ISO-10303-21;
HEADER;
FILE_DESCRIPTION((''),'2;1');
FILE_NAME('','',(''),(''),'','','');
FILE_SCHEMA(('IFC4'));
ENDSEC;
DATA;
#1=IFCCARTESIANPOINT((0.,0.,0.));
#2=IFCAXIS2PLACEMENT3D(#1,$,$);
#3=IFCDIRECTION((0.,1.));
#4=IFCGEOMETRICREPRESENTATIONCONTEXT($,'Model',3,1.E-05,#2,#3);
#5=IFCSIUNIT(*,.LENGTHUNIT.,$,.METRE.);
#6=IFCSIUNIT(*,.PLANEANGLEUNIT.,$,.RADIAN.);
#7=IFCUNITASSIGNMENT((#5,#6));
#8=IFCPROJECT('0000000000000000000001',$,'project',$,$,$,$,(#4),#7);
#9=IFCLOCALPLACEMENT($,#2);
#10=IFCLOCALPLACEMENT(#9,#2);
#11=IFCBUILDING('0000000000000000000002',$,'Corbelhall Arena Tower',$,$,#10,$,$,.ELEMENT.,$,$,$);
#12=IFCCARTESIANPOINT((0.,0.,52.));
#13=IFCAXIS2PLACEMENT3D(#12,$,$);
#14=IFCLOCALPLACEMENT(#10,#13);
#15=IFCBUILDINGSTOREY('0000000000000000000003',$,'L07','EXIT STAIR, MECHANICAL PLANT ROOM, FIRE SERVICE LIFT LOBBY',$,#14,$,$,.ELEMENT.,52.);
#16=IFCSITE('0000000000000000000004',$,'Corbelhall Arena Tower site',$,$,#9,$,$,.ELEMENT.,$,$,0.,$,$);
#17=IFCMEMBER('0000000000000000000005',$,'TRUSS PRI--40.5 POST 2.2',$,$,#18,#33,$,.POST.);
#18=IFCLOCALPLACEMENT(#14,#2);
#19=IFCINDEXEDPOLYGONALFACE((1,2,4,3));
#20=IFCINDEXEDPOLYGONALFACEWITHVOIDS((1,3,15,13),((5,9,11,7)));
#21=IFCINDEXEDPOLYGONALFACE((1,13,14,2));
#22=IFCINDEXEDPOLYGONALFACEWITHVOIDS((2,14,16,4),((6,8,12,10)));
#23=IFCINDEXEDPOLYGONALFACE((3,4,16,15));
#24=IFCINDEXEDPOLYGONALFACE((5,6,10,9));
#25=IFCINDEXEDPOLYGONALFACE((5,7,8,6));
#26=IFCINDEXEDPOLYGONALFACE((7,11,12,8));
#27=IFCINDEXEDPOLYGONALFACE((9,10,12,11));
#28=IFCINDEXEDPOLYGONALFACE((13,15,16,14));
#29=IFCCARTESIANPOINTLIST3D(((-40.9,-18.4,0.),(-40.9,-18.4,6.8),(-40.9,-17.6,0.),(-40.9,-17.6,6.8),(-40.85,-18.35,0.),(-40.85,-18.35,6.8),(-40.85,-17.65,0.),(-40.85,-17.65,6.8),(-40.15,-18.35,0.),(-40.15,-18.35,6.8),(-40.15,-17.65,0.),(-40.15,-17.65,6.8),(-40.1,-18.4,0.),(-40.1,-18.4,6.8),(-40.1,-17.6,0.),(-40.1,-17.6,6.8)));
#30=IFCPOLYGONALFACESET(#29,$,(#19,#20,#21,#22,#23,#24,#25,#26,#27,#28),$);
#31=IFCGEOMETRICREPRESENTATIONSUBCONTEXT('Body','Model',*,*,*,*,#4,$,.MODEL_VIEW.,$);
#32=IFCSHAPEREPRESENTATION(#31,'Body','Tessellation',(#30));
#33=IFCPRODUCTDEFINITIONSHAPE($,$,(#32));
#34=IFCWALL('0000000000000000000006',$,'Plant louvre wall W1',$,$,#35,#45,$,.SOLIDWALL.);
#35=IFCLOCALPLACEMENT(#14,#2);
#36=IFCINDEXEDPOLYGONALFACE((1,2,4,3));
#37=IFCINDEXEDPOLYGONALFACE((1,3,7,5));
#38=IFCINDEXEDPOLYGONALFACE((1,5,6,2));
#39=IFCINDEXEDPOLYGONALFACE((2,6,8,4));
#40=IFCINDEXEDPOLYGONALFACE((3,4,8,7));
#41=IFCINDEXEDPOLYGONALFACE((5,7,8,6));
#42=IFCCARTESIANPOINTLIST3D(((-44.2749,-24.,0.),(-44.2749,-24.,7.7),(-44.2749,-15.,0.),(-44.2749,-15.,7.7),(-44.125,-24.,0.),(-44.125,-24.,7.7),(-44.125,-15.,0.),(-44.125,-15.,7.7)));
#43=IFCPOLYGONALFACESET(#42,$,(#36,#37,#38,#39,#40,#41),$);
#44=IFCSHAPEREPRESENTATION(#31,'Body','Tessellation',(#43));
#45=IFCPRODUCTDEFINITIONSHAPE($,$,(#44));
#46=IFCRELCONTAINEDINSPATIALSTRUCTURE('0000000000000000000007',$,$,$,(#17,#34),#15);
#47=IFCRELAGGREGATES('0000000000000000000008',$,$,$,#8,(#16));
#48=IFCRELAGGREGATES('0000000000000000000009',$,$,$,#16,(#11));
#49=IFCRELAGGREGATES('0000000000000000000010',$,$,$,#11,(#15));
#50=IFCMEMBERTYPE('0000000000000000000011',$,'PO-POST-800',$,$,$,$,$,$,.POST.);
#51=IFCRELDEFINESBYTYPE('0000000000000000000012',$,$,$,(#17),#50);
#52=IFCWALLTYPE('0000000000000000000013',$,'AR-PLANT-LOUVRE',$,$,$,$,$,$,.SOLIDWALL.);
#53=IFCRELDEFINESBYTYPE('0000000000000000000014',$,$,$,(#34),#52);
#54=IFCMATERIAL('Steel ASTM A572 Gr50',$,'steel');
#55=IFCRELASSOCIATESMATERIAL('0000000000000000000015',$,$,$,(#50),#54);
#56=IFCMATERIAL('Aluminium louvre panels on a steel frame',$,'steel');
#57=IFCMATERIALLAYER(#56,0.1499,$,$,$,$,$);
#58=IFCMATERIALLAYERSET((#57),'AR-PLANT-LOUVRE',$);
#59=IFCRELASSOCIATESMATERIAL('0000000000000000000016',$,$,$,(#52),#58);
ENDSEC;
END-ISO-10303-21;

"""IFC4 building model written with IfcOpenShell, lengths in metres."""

from ifc_helpers import new_model, si_unit, direction, frame, frame_2d, origin, origin_2d, place, context, subcontext, project, spatial, rectangle, hollow_rectangle, extrude, material, layer, layer_set, material_profile, profile_set, type_object, element, save


model = new_model("IFC4")

# Units and contexts
model_context = context("Model", 3, precision=1e-05, world=origin(), true_north=direction((0.0, 1.0)))
body_context = subcontext(model_context, "Body", "Model", "MODEL_VIEW")
ifc_project = project(units=[si_unit("LENGTHUNIT", "METRE"), si_unit("PLANEANGLEUNIT", "RADIAN")], contexts=[model_context])

# Site, building, storey
site_placement = place(None, origin())
site = spatial("IfcSite", under=ifc_project, at=site_placement, Name="Corbelhall Arena Tower site", CompositionType="ELEMENT", RefElevation=0.0)
building_placement = place(site_placement, origin())
building = spatial("IfcBuilding", under=site, at=building_placement, Name="Corbelhall Arena Tower", CompositionType="ELEMENT")
storey_placement = place(building_placement, frame((0.0, 0.0, 52.0)))
storey = spatial("IfcBuildingStorey", under=building, at=storey_placement, Name="L07", Description="EXIT STAIR, MECHANICAL PLANT ROOM, FIRE SERVICE LIFT LOBBY", CompositionType="ELEMENT", Elevation=52.0)

# Member
ifc_material_1 = material(Name="Steel ASTM A572 Gr50", Category="steel")
ifc_material_profile_1 = material_profile(ifc_material_1, hollow_rectangle(XDim=0.8, YDim=0.8, WallThickness=0.05, at=origin_2d()))
ifc_profile_set_1 = profile_set([ifc_material_profile_1], Name="Steel ASTM A572 Gr50")
member_type_1 = type_object("IfcMemberType", Name="PO-POST-800", PredefinedType="POST", material=ifc_profile_set_1)
for number, where, z_axis, x_axis, name in (
    (1, (-40.5, -18.0, 0.0), (0.0, 0.0, 1.0), (1.0, 0.0, 0.0), "TRUSS PRI--40.5 POST 2.2"),
):
    element("IfcMember", number, at=place(storey_placement, frame(where, z_axis=z_axis, x_axis=x_axis)), inside=storey, type_object=member_type_1, Name=name, PredefinedType="POST", context=body_context, shape_type="SweptSolid", body=[
        extrude(hollow_rectangle(XDim=0.8, YDim=0.8, WallThickness=0.05, at=origin_2d()), origin(), (0.0, 0.0, 1.0), 6.8),
    ])

# Wall
ifc_material_2 = material(Name="Aluminium louvre panels on a steel frame", Category="steel")
ifc_layer_1 = layer(ifc_material_2, 0.1499)
ifc_layer_set_1 = layer_set([ifc_layer_1], Name="AR-PLANT-LOUVRE")
wall_type_1 = type_object("IfcWallType", Name="AR-PLANT-LOUVRE", PredefinedType="SOLIDWALL", material=ifc_layer_set_1)
wall_1_placement = place(storey_placement, frame((-44.2, -24.0, 0.0), z_axis=(0.0, 0.0, 1.0), x_axis=(0.0, 1.0, 0.0)))
element("IfcWall", 2, at=wall_1_placement, inside=storey, type_object=wall_type_1, Name="Plant louvre wall W1", PredefinedType="SOLIDWALL", context=body_context, shape_type="SweptSolid", body=[
    extrude(rectangle(XDim=9.0, YDim=0.1499, at=frame_2d((4.5, 0.0))), origin(), (0.0, 0.0, 1.0), 7.7),
])

save(model, "model.ifc")
